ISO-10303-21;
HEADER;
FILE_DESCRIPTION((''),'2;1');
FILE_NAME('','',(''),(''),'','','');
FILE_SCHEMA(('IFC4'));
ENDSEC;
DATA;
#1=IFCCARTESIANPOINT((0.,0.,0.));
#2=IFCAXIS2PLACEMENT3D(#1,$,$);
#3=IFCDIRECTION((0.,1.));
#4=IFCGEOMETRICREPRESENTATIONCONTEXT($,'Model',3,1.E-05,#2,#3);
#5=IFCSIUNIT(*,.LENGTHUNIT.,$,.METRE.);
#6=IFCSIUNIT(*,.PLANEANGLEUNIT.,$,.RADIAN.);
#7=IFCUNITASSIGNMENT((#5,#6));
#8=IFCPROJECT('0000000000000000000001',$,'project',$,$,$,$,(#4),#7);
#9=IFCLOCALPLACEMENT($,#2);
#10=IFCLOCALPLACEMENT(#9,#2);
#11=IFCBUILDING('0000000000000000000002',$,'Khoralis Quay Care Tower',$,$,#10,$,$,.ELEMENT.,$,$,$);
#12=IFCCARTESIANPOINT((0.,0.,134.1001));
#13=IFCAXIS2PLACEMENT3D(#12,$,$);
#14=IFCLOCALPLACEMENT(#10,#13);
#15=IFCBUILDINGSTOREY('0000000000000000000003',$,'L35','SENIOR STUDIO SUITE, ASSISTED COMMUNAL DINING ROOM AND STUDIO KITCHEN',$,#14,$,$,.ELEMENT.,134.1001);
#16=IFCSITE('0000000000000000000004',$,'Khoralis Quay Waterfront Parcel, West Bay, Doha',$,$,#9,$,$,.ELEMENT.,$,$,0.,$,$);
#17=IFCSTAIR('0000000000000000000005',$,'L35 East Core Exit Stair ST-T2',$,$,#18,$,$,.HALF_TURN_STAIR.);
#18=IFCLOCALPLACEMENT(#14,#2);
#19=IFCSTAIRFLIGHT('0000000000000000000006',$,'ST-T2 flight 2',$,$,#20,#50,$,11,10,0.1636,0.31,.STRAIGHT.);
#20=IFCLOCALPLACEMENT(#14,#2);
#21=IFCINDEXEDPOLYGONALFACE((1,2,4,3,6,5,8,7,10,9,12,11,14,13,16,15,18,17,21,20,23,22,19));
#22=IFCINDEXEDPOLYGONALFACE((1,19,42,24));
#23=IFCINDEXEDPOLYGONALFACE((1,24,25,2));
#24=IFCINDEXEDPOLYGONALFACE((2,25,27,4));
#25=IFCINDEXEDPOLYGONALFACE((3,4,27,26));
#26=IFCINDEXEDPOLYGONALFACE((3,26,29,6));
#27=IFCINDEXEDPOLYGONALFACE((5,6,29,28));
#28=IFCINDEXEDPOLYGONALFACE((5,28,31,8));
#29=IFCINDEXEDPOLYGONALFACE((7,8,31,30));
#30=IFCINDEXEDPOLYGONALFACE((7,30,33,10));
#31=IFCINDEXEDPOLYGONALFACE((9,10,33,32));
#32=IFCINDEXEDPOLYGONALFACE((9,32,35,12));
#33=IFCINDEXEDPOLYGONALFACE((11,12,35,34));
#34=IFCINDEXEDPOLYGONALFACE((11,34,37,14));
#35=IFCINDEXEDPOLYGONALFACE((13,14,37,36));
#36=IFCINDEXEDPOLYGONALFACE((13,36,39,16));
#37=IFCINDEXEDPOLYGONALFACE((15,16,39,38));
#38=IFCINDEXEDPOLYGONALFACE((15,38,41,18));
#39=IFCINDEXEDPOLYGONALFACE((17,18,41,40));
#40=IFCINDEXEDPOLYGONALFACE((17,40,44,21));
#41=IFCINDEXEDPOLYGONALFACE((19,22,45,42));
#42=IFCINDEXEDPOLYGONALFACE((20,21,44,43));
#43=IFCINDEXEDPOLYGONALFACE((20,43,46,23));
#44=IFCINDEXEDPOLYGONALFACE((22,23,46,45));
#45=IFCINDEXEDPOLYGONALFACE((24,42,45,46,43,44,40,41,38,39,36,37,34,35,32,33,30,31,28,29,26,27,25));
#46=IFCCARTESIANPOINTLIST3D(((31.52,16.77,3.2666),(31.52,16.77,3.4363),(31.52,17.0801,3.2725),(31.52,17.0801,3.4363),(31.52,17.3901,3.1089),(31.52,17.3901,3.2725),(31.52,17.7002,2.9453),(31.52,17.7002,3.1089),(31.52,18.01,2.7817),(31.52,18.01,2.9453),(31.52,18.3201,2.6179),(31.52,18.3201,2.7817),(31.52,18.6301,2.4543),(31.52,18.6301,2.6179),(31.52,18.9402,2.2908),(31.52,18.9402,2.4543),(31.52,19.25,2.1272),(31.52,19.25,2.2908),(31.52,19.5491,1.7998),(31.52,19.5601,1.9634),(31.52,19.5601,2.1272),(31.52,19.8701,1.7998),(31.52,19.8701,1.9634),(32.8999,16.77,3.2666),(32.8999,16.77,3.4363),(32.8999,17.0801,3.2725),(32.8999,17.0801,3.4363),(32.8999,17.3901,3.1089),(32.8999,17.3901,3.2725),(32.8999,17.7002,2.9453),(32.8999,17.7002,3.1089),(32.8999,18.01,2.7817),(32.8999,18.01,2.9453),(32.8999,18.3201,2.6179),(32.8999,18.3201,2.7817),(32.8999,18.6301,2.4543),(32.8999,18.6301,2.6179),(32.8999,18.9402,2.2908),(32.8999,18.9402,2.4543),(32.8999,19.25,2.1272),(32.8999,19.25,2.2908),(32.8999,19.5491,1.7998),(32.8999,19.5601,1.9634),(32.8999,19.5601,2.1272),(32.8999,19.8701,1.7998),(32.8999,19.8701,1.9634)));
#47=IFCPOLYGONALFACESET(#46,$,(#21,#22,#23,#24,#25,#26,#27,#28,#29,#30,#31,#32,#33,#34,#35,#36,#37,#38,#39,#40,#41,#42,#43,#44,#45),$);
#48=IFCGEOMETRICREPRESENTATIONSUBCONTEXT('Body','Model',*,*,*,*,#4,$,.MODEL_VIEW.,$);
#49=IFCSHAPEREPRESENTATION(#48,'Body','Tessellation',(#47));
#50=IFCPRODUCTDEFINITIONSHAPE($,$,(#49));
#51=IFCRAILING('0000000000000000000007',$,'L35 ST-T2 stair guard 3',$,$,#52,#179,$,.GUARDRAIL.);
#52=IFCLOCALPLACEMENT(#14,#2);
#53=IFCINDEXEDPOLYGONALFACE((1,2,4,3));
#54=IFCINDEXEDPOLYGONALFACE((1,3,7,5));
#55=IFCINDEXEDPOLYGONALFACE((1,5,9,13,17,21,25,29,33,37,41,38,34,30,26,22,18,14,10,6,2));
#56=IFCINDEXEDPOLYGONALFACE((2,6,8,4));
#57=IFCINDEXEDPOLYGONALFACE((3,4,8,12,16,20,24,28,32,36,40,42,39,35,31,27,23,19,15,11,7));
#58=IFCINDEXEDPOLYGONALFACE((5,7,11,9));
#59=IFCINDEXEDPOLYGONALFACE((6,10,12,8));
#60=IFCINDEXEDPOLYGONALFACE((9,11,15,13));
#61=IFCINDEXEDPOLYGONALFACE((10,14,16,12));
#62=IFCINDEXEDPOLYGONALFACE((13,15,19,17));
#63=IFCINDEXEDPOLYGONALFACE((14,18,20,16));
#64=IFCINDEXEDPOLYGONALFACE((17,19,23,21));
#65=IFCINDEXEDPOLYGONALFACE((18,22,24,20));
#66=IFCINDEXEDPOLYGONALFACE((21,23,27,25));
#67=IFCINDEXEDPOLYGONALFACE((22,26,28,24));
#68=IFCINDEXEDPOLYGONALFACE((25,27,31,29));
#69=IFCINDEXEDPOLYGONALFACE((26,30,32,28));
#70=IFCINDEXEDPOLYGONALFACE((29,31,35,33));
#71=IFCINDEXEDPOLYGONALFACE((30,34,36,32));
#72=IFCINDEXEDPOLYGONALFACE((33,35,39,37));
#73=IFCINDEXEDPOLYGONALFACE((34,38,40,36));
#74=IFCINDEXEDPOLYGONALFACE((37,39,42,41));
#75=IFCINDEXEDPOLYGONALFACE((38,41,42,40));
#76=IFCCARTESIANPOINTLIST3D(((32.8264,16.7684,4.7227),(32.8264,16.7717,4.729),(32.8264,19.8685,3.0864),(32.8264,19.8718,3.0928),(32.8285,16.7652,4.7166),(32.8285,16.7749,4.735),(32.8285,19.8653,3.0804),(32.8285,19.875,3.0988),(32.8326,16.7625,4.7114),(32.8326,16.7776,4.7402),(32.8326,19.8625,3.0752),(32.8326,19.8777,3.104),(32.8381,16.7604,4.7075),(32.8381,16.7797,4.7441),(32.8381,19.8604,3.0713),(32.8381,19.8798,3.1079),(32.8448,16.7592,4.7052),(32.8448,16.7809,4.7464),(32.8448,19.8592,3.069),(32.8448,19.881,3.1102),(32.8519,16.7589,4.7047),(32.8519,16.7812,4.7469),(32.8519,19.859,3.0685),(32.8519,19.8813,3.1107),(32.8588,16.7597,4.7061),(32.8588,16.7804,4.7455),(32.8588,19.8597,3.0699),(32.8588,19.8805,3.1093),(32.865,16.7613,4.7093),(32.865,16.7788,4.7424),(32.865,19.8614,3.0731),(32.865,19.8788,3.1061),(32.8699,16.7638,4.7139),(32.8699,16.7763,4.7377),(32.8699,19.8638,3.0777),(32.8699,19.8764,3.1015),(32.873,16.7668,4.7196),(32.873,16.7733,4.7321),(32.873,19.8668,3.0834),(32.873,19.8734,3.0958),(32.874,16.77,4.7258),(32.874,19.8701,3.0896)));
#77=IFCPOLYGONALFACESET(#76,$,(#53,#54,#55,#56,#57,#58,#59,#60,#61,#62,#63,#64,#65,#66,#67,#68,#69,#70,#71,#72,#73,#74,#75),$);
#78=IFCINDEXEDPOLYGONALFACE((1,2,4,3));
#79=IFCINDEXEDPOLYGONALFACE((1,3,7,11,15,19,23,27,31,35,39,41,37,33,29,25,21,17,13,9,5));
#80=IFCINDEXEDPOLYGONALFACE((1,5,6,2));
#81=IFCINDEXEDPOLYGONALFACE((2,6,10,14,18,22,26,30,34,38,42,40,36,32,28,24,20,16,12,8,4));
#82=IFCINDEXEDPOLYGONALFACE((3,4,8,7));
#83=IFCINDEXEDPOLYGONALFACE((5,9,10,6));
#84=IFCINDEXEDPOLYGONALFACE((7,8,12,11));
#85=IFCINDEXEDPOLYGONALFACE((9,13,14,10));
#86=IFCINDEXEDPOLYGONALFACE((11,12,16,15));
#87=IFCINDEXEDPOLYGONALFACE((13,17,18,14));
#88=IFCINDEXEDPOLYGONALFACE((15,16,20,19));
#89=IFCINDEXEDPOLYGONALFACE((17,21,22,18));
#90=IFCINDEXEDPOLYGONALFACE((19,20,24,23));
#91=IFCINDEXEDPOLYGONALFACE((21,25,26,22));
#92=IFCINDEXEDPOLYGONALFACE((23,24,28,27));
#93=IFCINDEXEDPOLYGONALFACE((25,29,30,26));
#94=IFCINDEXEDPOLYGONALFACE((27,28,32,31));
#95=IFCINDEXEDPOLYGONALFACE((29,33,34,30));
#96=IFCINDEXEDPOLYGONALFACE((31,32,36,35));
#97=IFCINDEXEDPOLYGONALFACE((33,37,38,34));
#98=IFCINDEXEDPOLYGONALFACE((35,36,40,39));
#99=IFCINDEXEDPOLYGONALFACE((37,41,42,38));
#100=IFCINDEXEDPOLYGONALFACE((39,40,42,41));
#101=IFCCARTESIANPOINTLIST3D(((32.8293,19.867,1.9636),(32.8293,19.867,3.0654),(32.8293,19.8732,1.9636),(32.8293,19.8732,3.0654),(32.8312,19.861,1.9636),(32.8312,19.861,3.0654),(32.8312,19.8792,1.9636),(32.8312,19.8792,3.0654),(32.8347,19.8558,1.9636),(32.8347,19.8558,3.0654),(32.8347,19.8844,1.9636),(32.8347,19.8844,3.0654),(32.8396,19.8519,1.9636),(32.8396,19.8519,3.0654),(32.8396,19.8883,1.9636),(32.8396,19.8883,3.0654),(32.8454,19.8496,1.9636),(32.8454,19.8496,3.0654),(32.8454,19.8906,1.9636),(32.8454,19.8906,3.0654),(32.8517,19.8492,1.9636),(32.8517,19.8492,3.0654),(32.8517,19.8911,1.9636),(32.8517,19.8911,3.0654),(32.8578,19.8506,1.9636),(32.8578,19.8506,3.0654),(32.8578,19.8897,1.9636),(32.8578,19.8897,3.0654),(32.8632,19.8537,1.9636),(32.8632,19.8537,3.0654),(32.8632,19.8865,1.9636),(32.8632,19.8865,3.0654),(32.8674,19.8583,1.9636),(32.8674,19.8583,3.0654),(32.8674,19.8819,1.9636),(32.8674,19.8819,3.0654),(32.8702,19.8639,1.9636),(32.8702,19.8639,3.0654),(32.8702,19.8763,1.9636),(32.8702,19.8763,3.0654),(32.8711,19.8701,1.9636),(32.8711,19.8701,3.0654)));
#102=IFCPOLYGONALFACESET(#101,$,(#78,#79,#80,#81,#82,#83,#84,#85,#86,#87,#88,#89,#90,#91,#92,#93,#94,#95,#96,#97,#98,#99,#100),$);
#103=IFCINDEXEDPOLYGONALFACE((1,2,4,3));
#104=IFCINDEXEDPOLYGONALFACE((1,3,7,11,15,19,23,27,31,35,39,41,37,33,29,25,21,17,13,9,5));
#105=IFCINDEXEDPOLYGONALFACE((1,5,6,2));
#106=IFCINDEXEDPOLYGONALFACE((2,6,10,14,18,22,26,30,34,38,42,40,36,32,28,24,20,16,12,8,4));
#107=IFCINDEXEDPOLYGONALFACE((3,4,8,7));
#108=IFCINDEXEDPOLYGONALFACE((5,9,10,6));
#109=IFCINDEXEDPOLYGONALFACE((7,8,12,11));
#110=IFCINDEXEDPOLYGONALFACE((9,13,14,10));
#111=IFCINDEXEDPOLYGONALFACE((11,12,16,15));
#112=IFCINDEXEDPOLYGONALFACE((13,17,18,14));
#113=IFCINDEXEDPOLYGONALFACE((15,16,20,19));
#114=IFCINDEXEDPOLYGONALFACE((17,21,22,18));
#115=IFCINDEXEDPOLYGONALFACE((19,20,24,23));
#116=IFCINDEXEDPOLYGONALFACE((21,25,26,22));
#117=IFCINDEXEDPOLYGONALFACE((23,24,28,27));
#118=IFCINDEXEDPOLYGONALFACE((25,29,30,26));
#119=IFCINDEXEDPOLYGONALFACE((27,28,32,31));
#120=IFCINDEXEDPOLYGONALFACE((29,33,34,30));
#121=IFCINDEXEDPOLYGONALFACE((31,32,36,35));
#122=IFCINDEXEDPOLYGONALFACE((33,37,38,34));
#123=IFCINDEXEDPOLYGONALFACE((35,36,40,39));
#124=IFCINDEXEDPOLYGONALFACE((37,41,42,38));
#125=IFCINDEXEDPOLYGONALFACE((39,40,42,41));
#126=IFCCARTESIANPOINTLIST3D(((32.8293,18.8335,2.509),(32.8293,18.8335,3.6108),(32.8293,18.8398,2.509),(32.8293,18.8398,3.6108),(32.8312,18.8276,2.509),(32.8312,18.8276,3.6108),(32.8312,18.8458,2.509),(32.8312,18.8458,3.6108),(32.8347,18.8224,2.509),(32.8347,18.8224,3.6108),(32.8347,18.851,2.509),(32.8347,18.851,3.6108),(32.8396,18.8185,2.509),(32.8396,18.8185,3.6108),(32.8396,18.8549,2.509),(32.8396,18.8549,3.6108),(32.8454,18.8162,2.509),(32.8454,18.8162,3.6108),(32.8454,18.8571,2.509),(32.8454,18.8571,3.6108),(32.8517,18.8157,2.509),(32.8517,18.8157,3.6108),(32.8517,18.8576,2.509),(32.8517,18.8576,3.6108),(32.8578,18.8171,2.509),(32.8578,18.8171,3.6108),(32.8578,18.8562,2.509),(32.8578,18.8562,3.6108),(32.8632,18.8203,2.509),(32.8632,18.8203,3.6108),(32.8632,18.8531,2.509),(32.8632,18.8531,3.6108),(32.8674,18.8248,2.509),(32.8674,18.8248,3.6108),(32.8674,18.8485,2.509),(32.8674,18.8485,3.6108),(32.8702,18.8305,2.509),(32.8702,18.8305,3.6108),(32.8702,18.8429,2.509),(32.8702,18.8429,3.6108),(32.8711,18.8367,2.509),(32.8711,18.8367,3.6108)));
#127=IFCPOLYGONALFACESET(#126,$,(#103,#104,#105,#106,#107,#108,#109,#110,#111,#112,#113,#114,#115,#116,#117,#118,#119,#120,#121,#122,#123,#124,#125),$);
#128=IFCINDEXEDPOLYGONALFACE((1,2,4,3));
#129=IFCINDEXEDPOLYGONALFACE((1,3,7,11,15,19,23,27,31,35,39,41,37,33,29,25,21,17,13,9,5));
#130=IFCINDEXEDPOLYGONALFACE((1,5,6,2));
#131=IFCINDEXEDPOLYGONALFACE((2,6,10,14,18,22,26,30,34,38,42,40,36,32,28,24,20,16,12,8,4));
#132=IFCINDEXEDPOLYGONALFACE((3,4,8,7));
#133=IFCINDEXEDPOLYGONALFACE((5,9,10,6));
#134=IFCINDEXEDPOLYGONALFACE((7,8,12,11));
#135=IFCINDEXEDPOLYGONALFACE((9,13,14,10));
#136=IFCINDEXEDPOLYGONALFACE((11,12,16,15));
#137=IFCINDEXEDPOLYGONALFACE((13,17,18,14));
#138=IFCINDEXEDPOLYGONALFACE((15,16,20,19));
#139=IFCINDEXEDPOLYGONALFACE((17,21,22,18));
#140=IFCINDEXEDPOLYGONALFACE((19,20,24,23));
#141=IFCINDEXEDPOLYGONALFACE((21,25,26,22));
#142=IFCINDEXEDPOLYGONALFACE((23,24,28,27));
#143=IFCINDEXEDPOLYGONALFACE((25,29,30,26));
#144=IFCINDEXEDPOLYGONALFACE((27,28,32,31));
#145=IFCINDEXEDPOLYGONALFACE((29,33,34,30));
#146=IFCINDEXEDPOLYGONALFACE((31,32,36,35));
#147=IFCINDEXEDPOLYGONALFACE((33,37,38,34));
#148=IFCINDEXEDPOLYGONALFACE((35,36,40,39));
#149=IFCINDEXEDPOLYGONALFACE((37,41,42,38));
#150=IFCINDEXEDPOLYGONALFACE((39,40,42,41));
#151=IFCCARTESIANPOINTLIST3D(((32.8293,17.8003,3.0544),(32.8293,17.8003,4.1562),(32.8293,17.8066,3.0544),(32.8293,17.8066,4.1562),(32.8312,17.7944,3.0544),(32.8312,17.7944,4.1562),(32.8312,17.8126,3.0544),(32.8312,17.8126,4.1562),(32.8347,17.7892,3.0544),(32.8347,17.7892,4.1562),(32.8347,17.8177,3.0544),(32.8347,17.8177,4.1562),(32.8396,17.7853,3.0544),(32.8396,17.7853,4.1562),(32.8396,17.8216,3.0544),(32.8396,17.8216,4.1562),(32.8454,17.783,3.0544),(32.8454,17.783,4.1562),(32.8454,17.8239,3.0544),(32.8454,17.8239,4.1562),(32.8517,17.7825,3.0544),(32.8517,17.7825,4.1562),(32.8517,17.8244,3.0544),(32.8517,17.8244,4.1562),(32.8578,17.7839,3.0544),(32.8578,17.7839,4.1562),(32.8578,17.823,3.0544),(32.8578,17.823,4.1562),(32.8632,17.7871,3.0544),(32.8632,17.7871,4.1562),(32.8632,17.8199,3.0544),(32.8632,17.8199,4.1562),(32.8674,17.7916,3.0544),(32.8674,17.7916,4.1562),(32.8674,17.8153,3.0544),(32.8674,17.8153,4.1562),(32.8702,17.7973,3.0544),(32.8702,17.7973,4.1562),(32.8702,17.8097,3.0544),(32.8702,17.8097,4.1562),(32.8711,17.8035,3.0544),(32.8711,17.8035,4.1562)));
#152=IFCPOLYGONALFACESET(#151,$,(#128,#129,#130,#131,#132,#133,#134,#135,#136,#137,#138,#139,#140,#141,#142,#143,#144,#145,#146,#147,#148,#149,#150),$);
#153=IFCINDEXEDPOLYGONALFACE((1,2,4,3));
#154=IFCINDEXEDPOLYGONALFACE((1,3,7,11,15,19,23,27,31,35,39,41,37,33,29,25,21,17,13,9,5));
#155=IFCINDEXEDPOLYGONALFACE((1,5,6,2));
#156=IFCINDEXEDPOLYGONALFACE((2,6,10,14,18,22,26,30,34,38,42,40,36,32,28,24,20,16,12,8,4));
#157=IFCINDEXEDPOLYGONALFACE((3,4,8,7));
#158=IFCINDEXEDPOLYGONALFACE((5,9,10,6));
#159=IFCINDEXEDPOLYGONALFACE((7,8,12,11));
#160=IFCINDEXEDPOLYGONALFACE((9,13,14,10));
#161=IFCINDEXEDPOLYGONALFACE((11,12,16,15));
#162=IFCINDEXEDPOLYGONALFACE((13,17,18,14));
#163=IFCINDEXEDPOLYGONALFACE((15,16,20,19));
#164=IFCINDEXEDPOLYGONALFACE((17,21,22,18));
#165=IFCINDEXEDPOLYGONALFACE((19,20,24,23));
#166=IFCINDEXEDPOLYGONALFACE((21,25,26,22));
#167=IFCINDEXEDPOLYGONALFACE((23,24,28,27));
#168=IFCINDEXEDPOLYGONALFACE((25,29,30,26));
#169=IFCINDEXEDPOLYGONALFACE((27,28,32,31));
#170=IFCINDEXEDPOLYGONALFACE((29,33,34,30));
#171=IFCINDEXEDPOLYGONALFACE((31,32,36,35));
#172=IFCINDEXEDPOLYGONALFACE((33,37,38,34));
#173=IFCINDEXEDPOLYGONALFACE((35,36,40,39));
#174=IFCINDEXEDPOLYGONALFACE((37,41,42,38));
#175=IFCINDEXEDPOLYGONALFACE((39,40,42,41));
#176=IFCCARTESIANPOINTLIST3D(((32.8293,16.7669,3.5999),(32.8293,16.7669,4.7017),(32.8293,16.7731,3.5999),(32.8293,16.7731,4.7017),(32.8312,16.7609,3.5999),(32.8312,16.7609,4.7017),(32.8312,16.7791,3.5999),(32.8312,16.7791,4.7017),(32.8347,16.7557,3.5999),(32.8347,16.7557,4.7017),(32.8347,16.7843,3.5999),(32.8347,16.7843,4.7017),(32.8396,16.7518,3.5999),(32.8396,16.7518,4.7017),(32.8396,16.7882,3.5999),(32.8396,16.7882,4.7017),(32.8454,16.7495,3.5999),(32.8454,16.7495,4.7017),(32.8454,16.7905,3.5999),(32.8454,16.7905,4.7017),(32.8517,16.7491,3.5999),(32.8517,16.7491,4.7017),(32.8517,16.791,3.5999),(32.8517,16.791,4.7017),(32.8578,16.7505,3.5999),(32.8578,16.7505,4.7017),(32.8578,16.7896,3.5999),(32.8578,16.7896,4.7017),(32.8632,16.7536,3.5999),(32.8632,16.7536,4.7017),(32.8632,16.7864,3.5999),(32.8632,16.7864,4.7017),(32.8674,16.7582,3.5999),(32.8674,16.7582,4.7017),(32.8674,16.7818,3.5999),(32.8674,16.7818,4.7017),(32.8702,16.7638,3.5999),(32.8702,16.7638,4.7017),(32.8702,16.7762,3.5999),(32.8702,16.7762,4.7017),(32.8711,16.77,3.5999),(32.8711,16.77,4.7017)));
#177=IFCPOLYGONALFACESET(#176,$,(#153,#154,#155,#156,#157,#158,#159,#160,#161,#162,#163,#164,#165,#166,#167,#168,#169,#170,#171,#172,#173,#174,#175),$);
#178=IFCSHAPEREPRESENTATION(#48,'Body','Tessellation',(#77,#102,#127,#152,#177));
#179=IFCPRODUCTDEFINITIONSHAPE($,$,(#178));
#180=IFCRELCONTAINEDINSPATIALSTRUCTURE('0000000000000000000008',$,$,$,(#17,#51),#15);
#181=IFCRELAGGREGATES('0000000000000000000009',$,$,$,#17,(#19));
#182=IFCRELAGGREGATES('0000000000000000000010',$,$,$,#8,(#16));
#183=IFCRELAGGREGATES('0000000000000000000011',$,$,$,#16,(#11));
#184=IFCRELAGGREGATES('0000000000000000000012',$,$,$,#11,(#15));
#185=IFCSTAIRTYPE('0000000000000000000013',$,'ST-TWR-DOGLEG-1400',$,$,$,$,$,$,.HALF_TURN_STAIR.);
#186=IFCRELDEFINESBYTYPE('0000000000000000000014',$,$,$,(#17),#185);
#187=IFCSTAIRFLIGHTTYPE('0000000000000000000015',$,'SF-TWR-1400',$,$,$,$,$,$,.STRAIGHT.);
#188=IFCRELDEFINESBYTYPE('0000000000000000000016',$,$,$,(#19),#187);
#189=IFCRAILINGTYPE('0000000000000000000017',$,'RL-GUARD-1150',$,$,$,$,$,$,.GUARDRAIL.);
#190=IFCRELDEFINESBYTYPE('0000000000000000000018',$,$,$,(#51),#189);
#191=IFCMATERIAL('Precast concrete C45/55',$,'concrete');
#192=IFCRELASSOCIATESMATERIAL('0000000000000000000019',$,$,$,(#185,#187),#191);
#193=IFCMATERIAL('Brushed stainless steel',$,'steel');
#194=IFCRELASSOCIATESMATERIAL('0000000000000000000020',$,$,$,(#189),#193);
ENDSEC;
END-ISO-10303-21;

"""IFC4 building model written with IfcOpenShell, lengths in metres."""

from ifc_helpers import new_model, si_unit, direction, frame, origin, origin_2d, place, context, subcontext, project, spatial, polyline, circle, outline, extrude, source, transform, mapped, material, type_object, element, aggregate, save


model = new_model("IFC4")

# Units and contexts
model_context = context("Model", 3, precision=1e-05, world=origin(), true_north=direction((0.0, 1.0)))
body_context = subcontext(model_context, "Body", "Model", "MODEL_VIEW")
ifc_project = project(units=[si_unit("LENGTHUNIT", "METRE"), si_unit("PLANEANGLEUNIT", "RADIAN")], contexts=[model_context])

# Site, building, storey
site_placement = place(None, origin())
site = spatial("IfcSite", under=ifc_project, at=site_placement, Name="Khoralis Quay Waterfront Parcel, West Bay, Doha", CompositionType="ELEMENT", RefElevation=0.0)
building_placement = place(site_placement, origin())
building = spatial("IfcBuilding", under=site, at=building_placement, Name="Khoralis Quay Care Tower", CompositionType="ELEMENT")
storey_placement = place(building_placement, frame((0.0, 0.0, 134.1001)))
storey = spatial("IfcBuildingStorey", under=building, at=storey_placement, Name="L35", Description="SENIOR STUDIO SUITE, ASSISTED COMMUNAL DINING ROOM AND STUDIO KITCHEN", CompositionType="ELEMENT", Elevation=134.1001)

# Shared definitions
ifc_material_1 = material(Name="Brushed stainless steel", Category="steel")

# Shared definitions
ifc_material_2 = material(Name="Precast concrete C45/55", Category="concrete")

# Stair, stair flight
stair_type = type_object("IfcStairType", Name="ST-TWR-DOGLEG-1400", PredefinedType="HALF_TURN_STAIR", material=ifc_material_2)
stair_placement = place(storey_placement, origin())
stair = element("IfcStair", 1, at=stair_placement, inside=storey, type_object=stair_type, Name="L35 East Core Exit Stair ST-T2", PredefinedType="HALF_TURN_STAIR")
stair_flight_type = type_object("IfcStairFlightType", Name="SF-TWR-1400", PredefinedType="STRAIGHT", material=ifc_material_2)
shared_shape_1 = source(origin(), body_context, "Body", "SweptSolid", [
    extrude(outline(polyline([(0.0, 0.0), (0.0, 0.1636), (0.3101, 0.1636), (0.3101, 0.3274), (0.6201, 0.3274), (0.6201, 0.491), (0.9299, 0.491), (0.9299, 0.6545), (1.24, 0.6545), (1.24, 0.8181), (1.55, 0.8181), (1.55, 0.9819), (1.8601, 0.9819), (1.8601, 1.1455), (2.1699, 1.1455), (2.1699, 1.3091), (2.48, 1.3091), (2.48, 1.4727), (2.79, 1.4727), (2.79, 1.6365), (3.1001, 1.6365), (3.1001, 1.8), (3.1001, 1.4668), (0.321, 0.0), (0.0, 0.0)])), frame((0.0, 0.6899, 0.0), z_axis=(0.0, -1.0, 0.0), x_axis=(1.0, 0.0, 0.0)), (0.0, 0.0, 1.0), 1.3799),
])
stair_flight_placement = place(storey_placement, frame((32.21, 19.8701, 1.7998), z_axis=(0.0, 0.0, 1.0), x_axis=(0.0, -1.0, 0.0)))
stair_flight = element("IfcStairFlight", 2, at=stair_flight_placement, type_object=stair_flight_type, Name="ST-T2 flight 2", NumberOfRisers=11, NumberOfTreads=10, PredefinedType="STRAIGHT", RiserHeight=0.1636, TreadLength=0.31, context=body_context, shape_type="MappedRepresentation", body=[
    mapped(shared_shape_1, transform((0.0, 0.0, 0.0), scale=1.0)),
])
aggregate(stair, [stair_flight])

# Railing
railing_type_1 = type_object("IfcRailingType", Name="RL-GUARD-1150", PredefinedType="GUARDRAIL", material=ifc_material_1)
railing_1_placement = place(storey_placement, frame((32.8501, 19.8701, 1.9636)))
element("IfcRailing", 3, at=railing_1_placement, inside=storey, type_object=railing_type_1, Name="L35 ST-T2 stair guard 3", PredefinedType="GUARDRAIL", context=body_context, shape_type="SweptSolid", body=[
    extrude(circle(Radius=0.0239, at=origin_2d()), frame((0.0, 0.0, 1.126), z_axis=(0.0, -0.884377, 0.466774), x_axis=(1.0, 0.0, 0.0)), (0.0, 0.0, 1.0), 3.5054),
    extrude(circle(Radius=0.021, at=origin_2d()), origin(), (0.0, 0.0, 1.0), 1.1018),
    extrude(circle(Radius=0.021, at=origin_2d()), frame((0.0, -1.0334, 0.5454)), (0.0, 0.0, 1.0), 1.1018),
    extrude(circle(Radius=0.021, at=origin_2d()), frame((0.0, -2.0667, 1.0908)), (0.0, 0.0, 1.0), 1.1018),
    extrude(circle(Radius=0.021, at=origin_2d()), frame((0.0, -3.1001, 1.6362)), (0.0, 0.0, 1.0), 1.1018),
])

save(model, "model.ifc")
